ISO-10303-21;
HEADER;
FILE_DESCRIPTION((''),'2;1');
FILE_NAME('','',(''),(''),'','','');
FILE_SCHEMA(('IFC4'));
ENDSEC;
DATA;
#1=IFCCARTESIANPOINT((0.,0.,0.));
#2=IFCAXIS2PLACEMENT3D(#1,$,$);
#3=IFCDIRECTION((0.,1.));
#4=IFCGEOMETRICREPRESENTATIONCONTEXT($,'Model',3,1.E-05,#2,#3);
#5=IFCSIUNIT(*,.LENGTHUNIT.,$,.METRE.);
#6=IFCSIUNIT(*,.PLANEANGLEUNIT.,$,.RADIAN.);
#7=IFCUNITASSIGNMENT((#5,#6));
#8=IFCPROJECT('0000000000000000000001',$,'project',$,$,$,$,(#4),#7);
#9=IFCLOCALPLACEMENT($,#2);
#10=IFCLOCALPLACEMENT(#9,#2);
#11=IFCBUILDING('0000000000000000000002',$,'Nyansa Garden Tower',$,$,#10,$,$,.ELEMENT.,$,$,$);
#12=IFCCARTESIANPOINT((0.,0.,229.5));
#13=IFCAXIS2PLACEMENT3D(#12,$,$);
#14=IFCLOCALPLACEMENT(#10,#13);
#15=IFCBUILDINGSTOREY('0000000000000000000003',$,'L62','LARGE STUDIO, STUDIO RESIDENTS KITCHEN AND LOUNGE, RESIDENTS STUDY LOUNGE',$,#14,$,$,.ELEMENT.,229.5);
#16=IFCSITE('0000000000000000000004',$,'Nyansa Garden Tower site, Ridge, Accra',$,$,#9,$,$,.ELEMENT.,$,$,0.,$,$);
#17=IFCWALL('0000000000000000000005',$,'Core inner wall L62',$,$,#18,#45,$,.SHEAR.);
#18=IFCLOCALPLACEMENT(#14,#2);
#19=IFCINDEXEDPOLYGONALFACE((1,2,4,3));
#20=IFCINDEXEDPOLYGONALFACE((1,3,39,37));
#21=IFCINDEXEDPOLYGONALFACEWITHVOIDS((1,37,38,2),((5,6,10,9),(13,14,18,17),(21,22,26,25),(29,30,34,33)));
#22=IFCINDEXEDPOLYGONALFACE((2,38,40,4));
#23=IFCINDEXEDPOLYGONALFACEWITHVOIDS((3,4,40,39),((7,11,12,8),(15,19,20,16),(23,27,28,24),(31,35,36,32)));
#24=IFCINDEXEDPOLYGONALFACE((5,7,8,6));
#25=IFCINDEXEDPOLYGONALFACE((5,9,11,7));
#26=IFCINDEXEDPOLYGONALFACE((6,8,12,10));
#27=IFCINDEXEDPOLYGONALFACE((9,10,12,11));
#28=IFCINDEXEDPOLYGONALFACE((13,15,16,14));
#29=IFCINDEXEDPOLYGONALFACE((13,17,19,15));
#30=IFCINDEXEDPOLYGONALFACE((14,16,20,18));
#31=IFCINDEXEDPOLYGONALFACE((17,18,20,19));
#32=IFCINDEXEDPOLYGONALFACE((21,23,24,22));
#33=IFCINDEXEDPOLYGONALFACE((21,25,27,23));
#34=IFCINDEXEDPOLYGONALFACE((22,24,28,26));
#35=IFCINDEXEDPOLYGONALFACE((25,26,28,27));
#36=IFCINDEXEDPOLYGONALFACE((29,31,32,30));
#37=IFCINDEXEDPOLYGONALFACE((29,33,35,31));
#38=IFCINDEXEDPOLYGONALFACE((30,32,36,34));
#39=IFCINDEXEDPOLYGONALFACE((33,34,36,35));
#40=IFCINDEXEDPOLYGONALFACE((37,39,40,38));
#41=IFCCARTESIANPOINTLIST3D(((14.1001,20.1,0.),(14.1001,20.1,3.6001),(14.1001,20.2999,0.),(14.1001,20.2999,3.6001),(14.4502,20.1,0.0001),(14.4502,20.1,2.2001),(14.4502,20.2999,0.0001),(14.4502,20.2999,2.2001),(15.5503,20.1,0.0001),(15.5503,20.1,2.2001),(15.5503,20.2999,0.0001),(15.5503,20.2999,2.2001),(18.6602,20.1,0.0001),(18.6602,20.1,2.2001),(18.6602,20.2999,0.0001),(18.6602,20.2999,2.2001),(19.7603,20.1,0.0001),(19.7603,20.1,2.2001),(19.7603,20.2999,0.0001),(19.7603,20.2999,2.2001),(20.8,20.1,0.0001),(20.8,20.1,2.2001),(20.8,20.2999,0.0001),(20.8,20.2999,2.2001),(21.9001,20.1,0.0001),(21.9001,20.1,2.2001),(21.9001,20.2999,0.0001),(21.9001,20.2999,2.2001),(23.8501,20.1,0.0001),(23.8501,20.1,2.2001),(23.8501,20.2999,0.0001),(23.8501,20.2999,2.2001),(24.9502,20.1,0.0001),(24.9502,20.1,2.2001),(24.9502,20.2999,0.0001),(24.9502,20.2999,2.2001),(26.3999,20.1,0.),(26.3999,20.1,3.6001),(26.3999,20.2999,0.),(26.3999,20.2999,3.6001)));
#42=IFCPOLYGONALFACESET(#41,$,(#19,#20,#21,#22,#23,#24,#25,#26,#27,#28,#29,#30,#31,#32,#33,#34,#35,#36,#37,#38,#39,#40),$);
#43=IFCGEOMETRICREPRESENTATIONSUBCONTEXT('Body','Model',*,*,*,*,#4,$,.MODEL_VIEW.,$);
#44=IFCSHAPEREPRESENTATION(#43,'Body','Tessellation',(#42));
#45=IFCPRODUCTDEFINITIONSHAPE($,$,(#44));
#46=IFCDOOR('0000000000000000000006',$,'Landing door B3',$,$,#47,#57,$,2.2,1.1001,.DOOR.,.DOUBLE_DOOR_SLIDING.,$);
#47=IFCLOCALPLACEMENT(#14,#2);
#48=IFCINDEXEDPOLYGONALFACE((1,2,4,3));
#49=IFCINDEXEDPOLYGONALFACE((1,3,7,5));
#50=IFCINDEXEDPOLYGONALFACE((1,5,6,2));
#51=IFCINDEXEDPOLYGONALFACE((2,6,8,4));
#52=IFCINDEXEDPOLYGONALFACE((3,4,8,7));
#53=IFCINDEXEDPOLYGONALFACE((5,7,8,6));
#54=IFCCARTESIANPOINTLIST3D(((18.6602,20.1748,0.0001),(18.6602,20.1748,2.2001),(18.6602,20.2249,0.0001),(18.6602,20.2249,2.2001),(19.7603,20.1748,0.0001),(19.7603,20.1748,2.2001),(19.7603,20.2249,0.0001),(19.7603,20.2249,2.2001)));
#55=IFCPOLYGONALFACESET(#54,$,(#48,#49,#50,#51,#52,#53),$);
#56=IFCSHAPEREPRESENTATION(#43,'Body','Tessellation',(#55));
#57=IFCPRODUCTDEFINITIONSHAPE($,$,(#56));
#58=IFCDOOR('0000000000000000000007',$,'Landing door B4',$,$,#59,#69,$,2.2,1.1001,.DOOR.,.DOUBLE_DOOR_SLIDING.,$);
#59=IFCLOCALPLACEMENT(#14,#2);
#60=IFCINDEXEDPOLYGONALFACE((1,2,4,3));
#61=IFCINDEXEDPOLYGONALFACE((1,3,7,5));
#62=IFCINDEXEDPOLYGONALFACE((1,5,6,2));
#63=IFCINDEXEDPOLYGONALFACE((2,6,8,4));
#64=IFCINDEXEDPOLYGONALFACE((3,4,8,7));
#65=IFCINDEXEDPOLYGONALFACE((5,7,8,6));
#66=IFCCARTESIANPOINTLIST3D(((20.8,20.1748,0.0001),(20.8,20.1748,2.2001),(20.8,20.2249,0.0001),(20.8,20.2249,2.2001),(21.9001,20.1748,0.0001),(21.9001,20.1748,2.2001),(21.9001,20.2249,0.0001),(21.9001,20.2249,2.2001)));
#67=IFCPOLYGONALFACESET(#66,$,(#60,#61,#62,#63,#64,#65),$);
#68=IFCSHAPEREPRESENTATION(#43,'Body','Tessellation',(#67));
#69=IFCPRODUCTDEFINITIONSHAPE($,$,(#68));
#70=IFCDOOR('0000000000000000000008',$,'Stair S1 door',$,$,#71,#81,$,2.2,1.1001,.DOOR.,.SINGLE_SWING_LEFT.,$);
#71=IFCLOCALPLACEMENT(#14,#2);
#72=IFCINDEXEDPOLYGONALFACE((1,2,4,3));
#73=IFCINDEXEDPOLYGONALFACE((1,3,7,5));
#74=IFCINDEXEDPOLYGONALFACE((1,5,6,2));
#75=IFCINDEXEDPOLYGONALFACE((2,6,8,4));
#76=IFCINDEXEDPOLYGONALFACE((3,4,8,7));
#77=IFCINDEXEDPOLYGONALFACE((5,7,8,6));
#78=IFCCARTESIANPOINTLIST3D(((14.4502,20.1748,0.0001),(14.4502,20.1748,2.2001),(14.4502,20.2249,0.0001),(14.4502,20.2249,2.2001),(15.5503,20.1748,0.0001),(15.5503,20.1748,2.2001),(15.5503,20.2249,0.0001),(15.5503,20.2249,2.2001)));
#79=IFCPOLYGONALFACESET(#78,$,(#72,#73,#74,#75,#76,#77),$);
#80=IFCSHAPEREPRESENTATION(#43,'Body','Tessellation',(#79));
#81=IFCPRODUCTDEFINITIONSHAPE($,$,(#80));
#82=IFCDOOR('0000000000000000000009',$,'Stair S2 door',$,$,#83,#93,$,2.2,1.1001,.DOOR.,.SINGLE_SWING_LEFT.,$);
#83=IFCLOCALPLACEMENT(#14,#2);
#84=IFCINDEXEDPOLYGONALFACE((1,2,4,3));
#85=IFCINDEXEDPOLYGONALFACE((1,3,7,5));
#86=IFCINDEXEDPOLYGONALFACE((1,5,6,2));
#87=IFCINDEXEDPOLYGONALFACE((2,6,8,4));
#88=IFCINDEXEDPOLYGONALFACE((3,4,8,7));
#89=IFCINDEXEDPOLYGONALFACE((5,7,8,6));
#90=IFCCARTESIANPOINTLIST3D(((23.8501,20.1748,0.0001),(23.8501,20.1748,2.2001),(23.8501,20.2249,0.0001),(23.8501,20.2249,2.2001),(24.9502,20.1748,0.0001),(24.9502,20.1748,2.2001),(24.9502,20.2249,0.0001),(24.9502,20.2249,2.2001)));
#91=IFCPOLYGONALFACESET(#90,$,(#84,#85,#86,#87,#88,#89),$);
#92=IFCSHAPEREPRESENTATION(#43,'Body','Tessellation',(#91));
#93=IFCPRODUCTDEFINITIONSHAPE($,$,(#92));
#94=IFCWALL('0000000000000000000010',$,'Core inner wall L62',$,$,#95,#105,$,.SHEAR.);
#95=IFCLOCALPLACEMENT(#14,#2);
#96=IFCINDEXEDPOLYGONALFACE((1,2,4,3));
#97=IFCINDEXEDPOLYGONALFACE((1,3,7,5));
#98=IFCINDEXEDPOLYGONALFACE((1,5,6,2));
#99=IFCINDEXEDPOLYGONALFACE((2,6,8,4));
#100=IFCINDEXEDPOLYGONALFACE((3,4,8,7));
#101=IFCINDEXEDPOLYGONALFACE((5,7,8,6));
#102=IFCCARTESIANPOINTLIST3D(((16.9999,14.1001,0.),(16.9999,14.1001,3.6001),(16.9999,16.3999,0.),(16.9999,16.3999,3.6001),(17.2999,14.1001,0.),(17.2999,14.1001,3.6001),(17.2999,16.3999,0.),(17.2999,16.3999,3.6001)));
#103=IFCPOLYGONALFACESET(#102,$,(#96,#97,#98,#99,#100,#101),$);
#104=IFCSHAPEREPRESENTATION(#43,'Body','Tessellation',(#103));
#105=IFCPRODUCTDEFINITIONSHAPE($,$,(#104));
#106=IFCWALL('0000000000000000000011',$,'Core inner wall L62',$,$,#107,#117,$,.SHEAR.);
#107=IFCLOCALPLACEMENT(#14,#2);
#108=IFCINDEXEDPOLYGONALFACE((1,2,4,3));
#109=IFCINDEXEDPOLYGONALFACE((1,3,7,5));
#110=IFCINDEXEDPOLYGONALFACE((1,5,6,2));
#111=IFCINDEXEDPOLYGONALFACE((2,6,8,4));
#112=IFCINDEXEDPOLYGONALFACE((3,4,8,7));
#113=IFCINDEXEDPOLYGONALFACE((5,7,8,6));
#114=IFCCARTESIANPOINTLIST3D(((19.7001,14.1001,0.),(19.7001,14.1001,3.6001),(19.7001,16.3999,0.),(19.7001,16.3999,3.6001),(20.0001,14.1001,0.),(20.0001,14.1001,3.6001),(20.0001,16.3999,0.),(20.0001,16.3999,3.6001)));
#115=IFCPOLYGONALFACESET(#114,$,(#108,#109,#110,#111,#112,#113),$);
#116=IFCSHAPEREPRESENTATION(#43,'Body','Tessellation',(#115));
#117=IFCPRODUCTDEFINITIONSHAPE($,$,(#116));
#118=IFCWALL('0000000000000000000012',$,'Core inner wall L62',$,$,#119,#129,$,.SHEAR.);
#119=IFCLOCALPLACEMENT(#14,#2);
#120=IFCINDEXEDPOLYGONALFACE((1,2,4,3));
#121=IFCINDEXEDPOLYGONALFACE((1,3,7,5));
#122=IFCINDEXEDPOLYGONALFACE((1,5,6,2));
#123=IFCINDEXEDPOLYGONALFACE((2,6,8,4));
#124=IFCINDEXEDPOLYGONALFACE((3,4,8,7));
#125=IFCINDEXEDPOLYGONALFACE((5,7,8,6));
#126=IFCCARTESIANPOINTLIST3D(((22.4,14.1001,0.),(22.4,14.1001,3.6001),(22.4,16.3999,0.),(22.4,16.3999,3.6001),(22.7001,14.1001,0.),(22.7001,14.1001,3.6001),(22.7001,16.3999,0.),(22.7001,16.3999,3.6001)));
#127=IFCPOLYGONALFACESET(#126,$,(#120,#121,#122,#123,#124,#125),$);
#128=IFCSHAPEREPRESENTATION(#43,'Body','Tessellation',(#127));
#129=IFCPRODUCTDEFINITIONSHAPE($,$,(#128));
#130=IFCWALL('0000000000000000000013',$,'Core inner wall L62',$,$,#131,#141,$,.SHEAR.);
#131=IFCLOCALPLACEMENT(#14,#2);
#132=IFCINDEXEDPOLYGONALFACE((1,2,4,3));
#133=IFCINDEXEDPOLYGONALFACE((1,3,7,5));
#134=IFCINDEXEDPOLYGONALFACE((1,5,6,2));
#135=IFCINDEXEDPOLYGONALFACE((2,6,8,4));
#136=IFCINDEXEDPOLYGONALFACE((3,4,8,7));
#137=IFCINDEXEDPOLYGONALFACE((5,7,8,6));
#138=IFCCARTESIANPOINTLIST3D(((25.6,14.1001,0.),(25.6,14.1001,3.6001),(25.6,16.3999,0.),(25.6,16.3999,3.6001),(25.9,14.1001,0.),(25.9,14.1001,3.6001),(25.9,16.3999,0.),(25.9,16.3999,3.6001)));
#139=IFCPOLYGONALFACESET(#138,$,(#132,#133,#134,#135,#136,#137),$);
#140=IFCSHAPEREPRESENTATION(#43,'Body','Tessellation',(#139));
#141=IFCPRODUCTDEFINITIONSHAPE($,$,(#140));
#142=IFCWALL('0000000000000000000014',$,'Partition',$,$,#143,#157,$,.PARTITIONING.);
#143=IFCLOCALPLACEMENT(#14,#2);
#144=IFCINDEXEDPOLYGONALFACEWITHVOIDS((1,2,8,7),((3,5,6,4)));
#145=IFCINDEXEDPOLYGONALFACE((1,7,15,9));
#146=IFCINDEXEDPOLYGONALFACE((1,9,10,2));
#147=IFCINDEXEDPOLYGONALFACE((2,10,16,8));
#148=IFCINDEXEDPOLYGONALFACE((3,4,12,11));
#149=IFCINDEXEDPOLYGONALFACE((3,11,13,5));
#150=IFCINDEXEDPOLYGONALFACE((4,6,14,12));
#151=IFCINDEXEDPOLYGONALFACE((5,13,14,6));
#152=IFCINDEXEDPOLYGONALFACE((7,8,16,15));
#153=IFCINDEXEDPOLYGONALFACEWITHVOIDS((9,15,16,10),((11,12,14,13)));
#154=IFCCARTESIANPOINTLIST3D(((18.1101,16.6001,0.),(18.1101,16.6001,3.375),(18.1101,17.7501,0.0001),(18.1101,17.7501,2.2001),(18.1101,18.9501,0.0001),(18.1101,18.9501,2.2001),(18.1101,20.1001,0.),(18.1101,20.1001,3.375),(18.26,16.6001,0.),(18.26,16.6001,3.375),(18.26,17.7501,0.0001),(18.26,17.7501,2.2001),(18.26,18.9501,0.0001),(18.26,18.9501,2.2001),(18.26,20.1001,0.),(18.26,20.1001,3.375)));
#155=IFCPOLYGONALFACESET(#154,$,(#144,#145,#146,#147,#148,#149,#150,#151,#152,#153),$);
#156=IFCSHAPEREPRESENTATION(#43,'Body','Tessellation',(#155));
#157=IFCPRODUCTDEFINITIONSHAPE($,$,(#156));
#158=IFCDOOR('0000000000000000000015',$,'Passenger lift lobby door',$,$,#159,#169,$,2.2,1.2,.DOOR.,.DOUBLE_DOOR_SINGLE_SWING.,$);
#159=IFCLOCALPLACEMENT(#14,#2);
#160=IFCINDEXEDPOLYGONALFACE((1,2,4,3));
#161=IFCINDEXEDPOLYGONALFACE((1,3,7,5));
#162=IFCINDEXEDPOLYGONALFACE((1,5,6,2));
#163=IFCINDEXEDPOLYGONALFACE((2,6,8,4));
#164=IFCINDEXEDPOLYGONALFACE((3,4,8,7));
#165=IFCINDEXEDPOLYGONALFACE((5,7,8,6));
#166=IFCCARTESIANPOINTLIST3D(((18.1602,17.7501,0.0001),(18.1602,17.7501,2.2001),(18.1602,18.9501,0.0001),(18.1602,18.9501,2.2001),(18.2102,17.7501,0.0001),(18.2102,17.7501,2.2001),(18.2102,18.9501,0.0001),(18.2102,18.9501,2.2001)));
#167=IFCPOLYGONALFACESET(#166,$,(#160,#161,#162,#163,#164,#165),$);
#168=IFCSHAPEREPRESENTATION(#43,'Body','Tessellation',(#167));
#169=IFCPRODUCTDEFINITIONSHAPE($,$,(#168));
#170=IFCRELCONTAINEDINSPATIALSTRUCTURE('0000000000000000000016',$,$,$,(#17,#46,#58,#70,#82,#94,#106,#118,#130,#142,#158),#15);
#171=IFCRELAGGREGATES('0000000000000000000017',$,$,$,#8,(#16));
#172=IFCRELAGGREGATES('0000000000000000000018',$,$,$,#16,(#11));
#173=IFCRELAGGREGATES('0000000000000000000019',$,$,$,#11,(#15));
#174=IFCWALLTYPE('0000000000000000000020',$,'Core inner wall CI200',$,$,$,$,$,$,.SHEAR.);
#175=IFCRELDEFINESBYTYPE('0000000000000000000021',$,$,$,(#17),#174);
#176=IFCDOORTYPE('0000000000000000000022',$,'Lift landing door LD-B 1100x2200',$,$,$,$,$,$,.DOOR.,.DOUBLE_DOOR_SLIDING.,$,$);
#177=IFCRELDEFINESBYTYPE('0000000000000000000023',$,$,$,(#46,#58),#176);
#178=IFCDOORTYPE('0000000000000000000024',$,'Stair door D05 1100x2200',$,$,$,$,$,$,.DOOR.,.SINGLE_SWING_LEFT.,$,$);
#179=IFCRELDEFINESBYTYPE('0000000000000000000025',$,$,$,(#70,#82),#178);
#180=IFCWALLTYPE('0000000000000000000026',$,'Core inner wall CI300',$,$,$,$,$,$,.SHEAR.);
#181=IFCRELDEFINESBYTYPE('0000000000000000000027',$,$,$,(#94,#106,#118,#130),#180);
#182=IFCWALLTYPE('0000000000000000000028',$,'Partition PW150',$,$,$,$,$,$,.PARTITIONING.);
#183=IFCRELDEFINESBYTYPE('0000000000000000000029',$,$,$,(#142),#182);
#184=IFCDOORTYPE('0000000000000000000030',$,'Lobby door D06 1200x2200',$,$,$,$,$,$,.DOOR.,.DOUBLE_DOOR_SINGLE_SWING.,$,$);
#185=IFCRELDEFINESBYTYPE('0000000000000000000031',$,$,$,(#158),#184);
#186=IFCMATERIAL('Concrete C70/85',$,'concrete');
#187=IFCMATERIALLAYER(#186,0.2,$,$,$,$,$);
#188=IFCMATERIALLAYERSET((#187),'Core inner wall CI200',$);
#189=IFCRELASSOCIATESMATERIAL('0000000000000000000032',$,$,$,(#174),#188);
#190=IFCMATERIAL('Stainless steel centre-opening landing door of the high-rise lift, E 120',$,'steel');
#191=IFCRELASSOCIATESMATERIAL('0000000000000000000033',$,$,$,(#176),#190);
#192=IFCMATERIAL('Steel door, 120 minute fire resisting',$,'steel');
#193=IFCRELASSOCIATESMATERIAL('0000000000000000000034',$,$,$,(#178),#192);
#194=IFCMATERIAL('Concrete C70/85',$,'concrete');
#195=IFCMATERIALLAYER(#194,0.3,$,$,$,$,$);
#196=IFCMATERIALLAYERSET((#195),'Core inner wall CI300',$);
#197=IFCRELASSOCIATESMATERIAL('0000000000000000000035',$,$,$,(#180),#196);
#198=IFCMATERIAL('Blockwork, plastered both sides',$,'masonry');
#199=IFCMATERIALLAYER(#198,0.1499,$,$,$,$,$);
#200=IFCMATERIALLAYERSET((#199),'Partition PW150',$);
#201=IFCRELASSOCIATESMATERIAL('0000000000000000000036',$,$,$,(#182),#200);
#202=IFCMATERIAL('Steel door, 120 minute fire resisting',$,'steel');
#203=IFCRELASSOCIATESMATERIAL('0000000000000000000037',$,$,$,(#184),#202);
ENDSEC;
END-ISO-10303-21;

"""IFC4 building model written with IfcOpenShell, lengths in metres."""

from ifc_helpers import new_model, si_unit, direction, frame, frame_2d, origin, place, context, subcontext, project, spatial, rectangle, extrude, material, layer, layer_set, type_object, element, fill, save


model = new_model("IFC4")

# Units and contexts
model_context = context("Model", 3, precision=1e-05, world=origin(), true_north=direction((0.0, 1.0)))
body_context = subcontext(model_context, "Body", "Model", "MODEL_VIEW")
ifc_project = project(units=[si_unit("LENGTHUNIT", "METRE"), si_unit("PLANEANGLEUNIT", "RADIAN")], contexts=[model_context])

# Site, building, storey
site_placement = place(None, origin())
site = spatial("IfcSite", under=ifc_project, at=site_placement, Name="Nyansa Garden Tower site, Ridge, Accra", CompositionType="ELEMENT", RefElevation=0.0)
building_placement = place(site_placement, origin())
building = spatial("IfcBuilding", under=site, at=building_placement, Name="Nyansa Garden Tower", CompositionType="ELEMENT")
storey_placement = place(building_placement, frame((0.0, 0.0, 229.5)))
storey = spatial("IfcBuildingStorey", under=building, at=storey_placement, Name="L62", Description="LARGE STUDIO, STUDIO RESIDENTS KITCHEN AND LOUNGE, RESIDENTS STUDY LOUNGE", CompositionType="ELEMENT", Elevation=229.5)

# Wall, openings, doors
ifc_material_1 = material(Name="Concrete C70/85", Category="concrete")
ifc_layer_1 = layer(ifc_material_1, 0.2)
ifc_layer_set_1 = layer_set([ifc_layer_1], Name="Core inner wall CI200")
wall_type_1 = type_object("IfcWallType", Name="Core inner wall CI200", PredefinedType="SHEAR", material=ifc_layer_set_1)
ifc_material_2 = material(Name="Stainless steel centre-opening landing door of the high-rise lift, E 120", Category="steel")
door_type_1 = type_object("IfcDoorType", Name="Lift landing door LD-B 1100x2200", OperationType="DOUBLE_DOOR_SLIDING", PredefinedType="DOOR", material=ifc_material_2)
wall_1_placement = place(storey_placement, frame((14.1001, 20.2, 0.0), z_axis=(0.0, 0.0, 1.0), x_axis=(1.0, 0.0, 0.0)))
wall_1 = element("IfcWall", 1, at=wall_1_placement, inside=storey, type_object=wall_type_1, Name="Core inner wall L62", PredefinedType="SHEAR", context=body_context, shape_type="SweptSolid", body=[
    extrude(rectangle(XDim=12.2998, YDim=0.2, at=frame_2d((6.1499, 0.0))), origin(), (0.0, 0.0, 1.0), 3.6001),
])
opening_1_placement = place(wall_1_placement, frame((4.5601, 0.0, 0.0)))
opening_1 = element("IfcOpeningElement", 2, at=opening_1_placement, cuts=wall_1, PredefinedType="OPENING", context=body_context, shape_type="SweptSolid", body=[
    extrude(rectangle(XDim=1.1001, YDim=2.2, at=frame_2d((0.55, 1.1001))), frame((0.0, 0.1099, 0.0), z_axis=(0.0, -1.0, 0.0), x_axis=(1.0, 0.0, 0.0)), (0.0, 0.0, 1.0), 0.22),
])
opening_2_placement = place(wall_1_placement, frame((6.7, 0.0, 0.0)))
opening_2 = element("IfcOpeningElement", 3, at=opening_2_placement, cuts=wall_1, PredefinedType="OPENING", context=body_context, shape_type="SweptSolid", body=[
    extrude(rectangle(XDim=1.1001, YDim=2.2, at=frame_2d((0.55, 1.1001))), frame((0.0, 0.1099, 0.0), z_axis=(0.0, -1.0, 0.0), x_axis=(1.0, 0.0, 0.0)), (0.0, 0.0, 1.0), 0.22),
])
opening_3_placement = place(wall_1_placement, frame((0.3501, 0.0, 0.0)))
opening_3 = element("IfcOpeningElement", 4, at=opening_3_placement, cuts=wall_1, PredefinedType="OPENING", context=body_context, shape_type="SweptSolid", body=[
    extrude(rectangle(XDim=1.1001, YDim=2.2, at=frame_2d((0.55, 1.1001))), frame((0.0, 0.1099, 0.0), z_axis=(0.0, -1.0, 0.0), x_axis=(1.0, 0.0, 0.0)), (0.0, 0.0, 1.0), 0.22),
])
opening_4_placement = place(wall_1_placement, frame((9.75, 0.0, 0.0)))
opening_4 = element("IfcOpeningElement", 5, at=opening_4_placement, cuts=wall_1, PredefinedType="OPENING", context=body_context, shape_type="SweptSolid", body=[
    extrude(rectangle(XDim=1.1001, YDim=2.2, at=frame_2d((0.55, 1.1001))), frame((0.0, 0.1099, 0.0), z_axis=(0.0, -1.0, 0.0), x_axis=(1.0, 0.0, 0.0)), (0.0, 0.0, 1.0), 0.22),
])
door_1_placement = place(opening_1_placement, origin())
door_1 = element("IfcDoor", 6, at=door_1_placement, inside=storey, type_object=door_type_1, Name="Landing door B3", OperationType="DOUBLE_DOOR_SLIDING", OverallHeight=2.2, OverallWidth=1.1001, PredefinedType="DOOR", context=body_context, shape_type="SweptSolid", body=[
    extrude(rectangle(XDim=1.1001, YDim=2.2, at=frame_2d((0.55, 1.1001))), frame((0.0, 0.0249, 0.0), z_axis=(0.0, -1.0, 0.0), x_axis=(1.0, 0.0, 0.0)), (0.0, 0.0, 1.0), 0.05),
])
fill(opening_1, door_1)
door_2_placement = place(opening_2_placement, origin())
door_2 = element("IfcDoor", 7, at=door_2_placement, inside=storey, type_object=door_type_1, Name="Landing door B4", OperationType="DOUBLE_DOOR_SLIDING", OverallHeight=2.2, OverallWidth=1.1001, PredefinedType="DOOR", context=body_context, shape_type="SweptSolid", body=[
    extrude(rectangle(XDim=1.1001, YDim=2.2, at=frame_2d((0.55, 1.1001))), frame((0.0, 0.0249, 0.0), z_axis=(0.0, -1.0, 0.0), x_axis=(1.0, 0.0, 0.0)), (0.0, 0.0, 1.0), 0.05),
])
fill(opening_2, door_2)
ifc_material_3 = material(Name="Steel door, 120 minute fire resisting", Category="steel")
door_type_2 = type_object("IfcDoorType", Name="Stair door D05 1100x2200", OperationType="SINGLE_SWING_LEFT", PredefinedType="DOOR", material=ifc_material_3)
door_3_placement = place(opening_3_placement, origin())
door_3 = element("IfcDoor", 8, at=door_3_placement, inside=storey, type_object=door_type_2, Name="Stair S1 door", OperationType="SINGLE_SWING_LEFT", OverallHeight=2.2, OverallWidth=1.1001, PredefinedType="DOOR", context=body_context, shape_type="SweptSolid", body=[
    extrude(rectangle(XDim=1.1001, YDim=2.2, at=frame_2d((0.55, 1.1001))), frame((0.0, 0.0249, 0.0), z_axis=(0.0, -1.0, 0.0), x_axis=(1.0, 0.0, 0.0)), (0.0, 0.0, 1.0), 0.05),
])
fill(opening_3, door_3)
door_4_placement = place(opening_4_placement, origin())
door_4 = element("IfcDoor", 9, at=door_4_placement, inside=storey, type_object=door_type_2, Name="Stair S2 door", OperationType="SINGLE_SWING_LEFT", OverallHeight=2.2, OverallWidth=1.1001, PredefinedType="DOOR", context=body_context, shape_type="SweptSolid", body=[
    extrude(rectangle(XDim=1.1001, YDim=2.2, at=frame_2d((0.55, 1.1001))), frame((0.0, 0.0249, 0.0), z_axis=(0.0, -1.0, 0.0), x_axis=(1.0, 0.0, 0.0)), (0.0, 0.0, 1.0), 0.05),
])
fill(opening_4, door_4)

# Walls
ifc_material_4 = material(Name="Concrete C70/85", Category="concrete")
ifc_layer_2 = layer(ifc_material_4, 0.3)
ifc_layer_set_2 = layer_set([ifc_layer_2], Name="Core inner wall CI300")
wall_type_2 = type_object("IfcWallType", Name="Core inner wall CI300", PredefinedType="SHEAR", material=ifc_layer_set_2)
for number, where, z_axis, x_axis, name in (
    (10, (17.1499, 14.1001, 0.0), (0.0, 0.0, 1.0), (0.0, 1.0, 0.0), "Core inner wall L62"),
    (11, (19.8501, 14.1001, 0.0), (0.0, 0.0, 1.0), (0.0, 1.0, 0.0), "Core inner wall L62"),
    (12, (22.55, 14.1001, 0.0), (0.0, 0.0, 1.0), (0.0, 1.0, 0.0), "Core inner wall L62"),
    (13, (25.75, 14.1001, 0.0), (0.0, 0.0, 1.0), (0.0, 1.0, 0.0), "Core inner wall L62"),
):
    element("IfcWall", number, at=place(storey_placement, frame(where, z_axis=z_axis, x_axis=x_axis)), inside=storey, type_object=wall_type_2, Name=name, PredefinedType="SHEAR", context=body_context, shape_type="SweptSolid", body=[
        extrude(rectangle(XDim=2.2998, YDim=0.3, at=frame_2d((1.1499, 0.0))), origin(), (0.0, 0.0, 1.0), 3.6001),
    ])

# Wall, opening, door
ifc_material_5 = material(Name="Blockwork, plastered both sides", Category="masonry")
ifc_layer_3 = layer(ifc_material_5, 0.1499)
ifc_layer_set_3 = layer_set([ifc_layer_3], Name="Partition PW150")
wall_type_3 = type_object("IfcWallType", Name="Partition PW150", PredefinedType="PARTITIONING", material=ifc_layer_set_3)
wall_2_placement = place(storey_placement, frame((18.1851, 16.6001, 0.0), z_axis=(0.0, 0.0, 1.0), x_axis=(0.0, 1.0, 0.0)))
wall_2 = element("IfcWall", 14, at=wall_2_placement, inside=storey, type_object=wall_type_3, Name="Partition", PredefinedType="PARTITIONING", context=body_context, shape_type="SweptSolid", body=[
    extrude(rectangle(XDim=3.5, YDim=0.1499, at=frame_2d((1.75, 0.0))), origin(), (0.0, 0.0, 1.0), 3.375),
])
opening_5_placement = place(wall_2_placement, frame((1.1499, 0.0, 0.0)))
opening_5 = element("IfcOpeningElement", 15, at=opening_5_placement, cuts=wall_2, PredefinedType="OPENING", context=body_context, shape_type="SweptSolid", body=[
    extrude(rectangle(XDim=1.2, YDim=2.2, at=frame_2d((0.6001, 1.1001))), frame((0.0, 0.085, 0.0), z_axis=(0.0, -1.0, 0.0), x_axis=(1.0, 0.0, 0.0)), (0.0, 0.0, 1.0), 0.1699),
])
ifc_material_6 = material(Name="Steel door, 120 minute fire resisting", Category="steel")
door_type_3 = type_object("IfcDoorType", Name="Lobby door D06 1200x2200", OperationType="DOUBLE_DOOR_SINGLE_SWING", PredefinedType="DOOR", material=ifc_material_6)
door_5_placement = place(opening_5_placement, origin())
door_5 = element("IfcDoor", 16, at=door_5_placement, inside=storey, type_object=door_type_3, Name="Passenger lift lobby door", OperationType="DOUBLE_DOOR_SINGLE_SWING", OverallHeight=2.2, OverallWidth=1.2, PredefinedType="DOOR", context=body_context, shape_type="SweptSolid", body=[
    extrude(rectangle(XDim=1.2, YDim=2.2, at=frame_2d((0.6001, 1.1001))), frame((0.0, 0.0249, 0.0), z_axis=(0.0, -1.0, 0.0), x_axis=(1.0, 0.0, 0.0)), (0.0, 0.0, 1.0), 0.05),
])
fill(opening_5, door_5)

save(model, "model.ifc")
